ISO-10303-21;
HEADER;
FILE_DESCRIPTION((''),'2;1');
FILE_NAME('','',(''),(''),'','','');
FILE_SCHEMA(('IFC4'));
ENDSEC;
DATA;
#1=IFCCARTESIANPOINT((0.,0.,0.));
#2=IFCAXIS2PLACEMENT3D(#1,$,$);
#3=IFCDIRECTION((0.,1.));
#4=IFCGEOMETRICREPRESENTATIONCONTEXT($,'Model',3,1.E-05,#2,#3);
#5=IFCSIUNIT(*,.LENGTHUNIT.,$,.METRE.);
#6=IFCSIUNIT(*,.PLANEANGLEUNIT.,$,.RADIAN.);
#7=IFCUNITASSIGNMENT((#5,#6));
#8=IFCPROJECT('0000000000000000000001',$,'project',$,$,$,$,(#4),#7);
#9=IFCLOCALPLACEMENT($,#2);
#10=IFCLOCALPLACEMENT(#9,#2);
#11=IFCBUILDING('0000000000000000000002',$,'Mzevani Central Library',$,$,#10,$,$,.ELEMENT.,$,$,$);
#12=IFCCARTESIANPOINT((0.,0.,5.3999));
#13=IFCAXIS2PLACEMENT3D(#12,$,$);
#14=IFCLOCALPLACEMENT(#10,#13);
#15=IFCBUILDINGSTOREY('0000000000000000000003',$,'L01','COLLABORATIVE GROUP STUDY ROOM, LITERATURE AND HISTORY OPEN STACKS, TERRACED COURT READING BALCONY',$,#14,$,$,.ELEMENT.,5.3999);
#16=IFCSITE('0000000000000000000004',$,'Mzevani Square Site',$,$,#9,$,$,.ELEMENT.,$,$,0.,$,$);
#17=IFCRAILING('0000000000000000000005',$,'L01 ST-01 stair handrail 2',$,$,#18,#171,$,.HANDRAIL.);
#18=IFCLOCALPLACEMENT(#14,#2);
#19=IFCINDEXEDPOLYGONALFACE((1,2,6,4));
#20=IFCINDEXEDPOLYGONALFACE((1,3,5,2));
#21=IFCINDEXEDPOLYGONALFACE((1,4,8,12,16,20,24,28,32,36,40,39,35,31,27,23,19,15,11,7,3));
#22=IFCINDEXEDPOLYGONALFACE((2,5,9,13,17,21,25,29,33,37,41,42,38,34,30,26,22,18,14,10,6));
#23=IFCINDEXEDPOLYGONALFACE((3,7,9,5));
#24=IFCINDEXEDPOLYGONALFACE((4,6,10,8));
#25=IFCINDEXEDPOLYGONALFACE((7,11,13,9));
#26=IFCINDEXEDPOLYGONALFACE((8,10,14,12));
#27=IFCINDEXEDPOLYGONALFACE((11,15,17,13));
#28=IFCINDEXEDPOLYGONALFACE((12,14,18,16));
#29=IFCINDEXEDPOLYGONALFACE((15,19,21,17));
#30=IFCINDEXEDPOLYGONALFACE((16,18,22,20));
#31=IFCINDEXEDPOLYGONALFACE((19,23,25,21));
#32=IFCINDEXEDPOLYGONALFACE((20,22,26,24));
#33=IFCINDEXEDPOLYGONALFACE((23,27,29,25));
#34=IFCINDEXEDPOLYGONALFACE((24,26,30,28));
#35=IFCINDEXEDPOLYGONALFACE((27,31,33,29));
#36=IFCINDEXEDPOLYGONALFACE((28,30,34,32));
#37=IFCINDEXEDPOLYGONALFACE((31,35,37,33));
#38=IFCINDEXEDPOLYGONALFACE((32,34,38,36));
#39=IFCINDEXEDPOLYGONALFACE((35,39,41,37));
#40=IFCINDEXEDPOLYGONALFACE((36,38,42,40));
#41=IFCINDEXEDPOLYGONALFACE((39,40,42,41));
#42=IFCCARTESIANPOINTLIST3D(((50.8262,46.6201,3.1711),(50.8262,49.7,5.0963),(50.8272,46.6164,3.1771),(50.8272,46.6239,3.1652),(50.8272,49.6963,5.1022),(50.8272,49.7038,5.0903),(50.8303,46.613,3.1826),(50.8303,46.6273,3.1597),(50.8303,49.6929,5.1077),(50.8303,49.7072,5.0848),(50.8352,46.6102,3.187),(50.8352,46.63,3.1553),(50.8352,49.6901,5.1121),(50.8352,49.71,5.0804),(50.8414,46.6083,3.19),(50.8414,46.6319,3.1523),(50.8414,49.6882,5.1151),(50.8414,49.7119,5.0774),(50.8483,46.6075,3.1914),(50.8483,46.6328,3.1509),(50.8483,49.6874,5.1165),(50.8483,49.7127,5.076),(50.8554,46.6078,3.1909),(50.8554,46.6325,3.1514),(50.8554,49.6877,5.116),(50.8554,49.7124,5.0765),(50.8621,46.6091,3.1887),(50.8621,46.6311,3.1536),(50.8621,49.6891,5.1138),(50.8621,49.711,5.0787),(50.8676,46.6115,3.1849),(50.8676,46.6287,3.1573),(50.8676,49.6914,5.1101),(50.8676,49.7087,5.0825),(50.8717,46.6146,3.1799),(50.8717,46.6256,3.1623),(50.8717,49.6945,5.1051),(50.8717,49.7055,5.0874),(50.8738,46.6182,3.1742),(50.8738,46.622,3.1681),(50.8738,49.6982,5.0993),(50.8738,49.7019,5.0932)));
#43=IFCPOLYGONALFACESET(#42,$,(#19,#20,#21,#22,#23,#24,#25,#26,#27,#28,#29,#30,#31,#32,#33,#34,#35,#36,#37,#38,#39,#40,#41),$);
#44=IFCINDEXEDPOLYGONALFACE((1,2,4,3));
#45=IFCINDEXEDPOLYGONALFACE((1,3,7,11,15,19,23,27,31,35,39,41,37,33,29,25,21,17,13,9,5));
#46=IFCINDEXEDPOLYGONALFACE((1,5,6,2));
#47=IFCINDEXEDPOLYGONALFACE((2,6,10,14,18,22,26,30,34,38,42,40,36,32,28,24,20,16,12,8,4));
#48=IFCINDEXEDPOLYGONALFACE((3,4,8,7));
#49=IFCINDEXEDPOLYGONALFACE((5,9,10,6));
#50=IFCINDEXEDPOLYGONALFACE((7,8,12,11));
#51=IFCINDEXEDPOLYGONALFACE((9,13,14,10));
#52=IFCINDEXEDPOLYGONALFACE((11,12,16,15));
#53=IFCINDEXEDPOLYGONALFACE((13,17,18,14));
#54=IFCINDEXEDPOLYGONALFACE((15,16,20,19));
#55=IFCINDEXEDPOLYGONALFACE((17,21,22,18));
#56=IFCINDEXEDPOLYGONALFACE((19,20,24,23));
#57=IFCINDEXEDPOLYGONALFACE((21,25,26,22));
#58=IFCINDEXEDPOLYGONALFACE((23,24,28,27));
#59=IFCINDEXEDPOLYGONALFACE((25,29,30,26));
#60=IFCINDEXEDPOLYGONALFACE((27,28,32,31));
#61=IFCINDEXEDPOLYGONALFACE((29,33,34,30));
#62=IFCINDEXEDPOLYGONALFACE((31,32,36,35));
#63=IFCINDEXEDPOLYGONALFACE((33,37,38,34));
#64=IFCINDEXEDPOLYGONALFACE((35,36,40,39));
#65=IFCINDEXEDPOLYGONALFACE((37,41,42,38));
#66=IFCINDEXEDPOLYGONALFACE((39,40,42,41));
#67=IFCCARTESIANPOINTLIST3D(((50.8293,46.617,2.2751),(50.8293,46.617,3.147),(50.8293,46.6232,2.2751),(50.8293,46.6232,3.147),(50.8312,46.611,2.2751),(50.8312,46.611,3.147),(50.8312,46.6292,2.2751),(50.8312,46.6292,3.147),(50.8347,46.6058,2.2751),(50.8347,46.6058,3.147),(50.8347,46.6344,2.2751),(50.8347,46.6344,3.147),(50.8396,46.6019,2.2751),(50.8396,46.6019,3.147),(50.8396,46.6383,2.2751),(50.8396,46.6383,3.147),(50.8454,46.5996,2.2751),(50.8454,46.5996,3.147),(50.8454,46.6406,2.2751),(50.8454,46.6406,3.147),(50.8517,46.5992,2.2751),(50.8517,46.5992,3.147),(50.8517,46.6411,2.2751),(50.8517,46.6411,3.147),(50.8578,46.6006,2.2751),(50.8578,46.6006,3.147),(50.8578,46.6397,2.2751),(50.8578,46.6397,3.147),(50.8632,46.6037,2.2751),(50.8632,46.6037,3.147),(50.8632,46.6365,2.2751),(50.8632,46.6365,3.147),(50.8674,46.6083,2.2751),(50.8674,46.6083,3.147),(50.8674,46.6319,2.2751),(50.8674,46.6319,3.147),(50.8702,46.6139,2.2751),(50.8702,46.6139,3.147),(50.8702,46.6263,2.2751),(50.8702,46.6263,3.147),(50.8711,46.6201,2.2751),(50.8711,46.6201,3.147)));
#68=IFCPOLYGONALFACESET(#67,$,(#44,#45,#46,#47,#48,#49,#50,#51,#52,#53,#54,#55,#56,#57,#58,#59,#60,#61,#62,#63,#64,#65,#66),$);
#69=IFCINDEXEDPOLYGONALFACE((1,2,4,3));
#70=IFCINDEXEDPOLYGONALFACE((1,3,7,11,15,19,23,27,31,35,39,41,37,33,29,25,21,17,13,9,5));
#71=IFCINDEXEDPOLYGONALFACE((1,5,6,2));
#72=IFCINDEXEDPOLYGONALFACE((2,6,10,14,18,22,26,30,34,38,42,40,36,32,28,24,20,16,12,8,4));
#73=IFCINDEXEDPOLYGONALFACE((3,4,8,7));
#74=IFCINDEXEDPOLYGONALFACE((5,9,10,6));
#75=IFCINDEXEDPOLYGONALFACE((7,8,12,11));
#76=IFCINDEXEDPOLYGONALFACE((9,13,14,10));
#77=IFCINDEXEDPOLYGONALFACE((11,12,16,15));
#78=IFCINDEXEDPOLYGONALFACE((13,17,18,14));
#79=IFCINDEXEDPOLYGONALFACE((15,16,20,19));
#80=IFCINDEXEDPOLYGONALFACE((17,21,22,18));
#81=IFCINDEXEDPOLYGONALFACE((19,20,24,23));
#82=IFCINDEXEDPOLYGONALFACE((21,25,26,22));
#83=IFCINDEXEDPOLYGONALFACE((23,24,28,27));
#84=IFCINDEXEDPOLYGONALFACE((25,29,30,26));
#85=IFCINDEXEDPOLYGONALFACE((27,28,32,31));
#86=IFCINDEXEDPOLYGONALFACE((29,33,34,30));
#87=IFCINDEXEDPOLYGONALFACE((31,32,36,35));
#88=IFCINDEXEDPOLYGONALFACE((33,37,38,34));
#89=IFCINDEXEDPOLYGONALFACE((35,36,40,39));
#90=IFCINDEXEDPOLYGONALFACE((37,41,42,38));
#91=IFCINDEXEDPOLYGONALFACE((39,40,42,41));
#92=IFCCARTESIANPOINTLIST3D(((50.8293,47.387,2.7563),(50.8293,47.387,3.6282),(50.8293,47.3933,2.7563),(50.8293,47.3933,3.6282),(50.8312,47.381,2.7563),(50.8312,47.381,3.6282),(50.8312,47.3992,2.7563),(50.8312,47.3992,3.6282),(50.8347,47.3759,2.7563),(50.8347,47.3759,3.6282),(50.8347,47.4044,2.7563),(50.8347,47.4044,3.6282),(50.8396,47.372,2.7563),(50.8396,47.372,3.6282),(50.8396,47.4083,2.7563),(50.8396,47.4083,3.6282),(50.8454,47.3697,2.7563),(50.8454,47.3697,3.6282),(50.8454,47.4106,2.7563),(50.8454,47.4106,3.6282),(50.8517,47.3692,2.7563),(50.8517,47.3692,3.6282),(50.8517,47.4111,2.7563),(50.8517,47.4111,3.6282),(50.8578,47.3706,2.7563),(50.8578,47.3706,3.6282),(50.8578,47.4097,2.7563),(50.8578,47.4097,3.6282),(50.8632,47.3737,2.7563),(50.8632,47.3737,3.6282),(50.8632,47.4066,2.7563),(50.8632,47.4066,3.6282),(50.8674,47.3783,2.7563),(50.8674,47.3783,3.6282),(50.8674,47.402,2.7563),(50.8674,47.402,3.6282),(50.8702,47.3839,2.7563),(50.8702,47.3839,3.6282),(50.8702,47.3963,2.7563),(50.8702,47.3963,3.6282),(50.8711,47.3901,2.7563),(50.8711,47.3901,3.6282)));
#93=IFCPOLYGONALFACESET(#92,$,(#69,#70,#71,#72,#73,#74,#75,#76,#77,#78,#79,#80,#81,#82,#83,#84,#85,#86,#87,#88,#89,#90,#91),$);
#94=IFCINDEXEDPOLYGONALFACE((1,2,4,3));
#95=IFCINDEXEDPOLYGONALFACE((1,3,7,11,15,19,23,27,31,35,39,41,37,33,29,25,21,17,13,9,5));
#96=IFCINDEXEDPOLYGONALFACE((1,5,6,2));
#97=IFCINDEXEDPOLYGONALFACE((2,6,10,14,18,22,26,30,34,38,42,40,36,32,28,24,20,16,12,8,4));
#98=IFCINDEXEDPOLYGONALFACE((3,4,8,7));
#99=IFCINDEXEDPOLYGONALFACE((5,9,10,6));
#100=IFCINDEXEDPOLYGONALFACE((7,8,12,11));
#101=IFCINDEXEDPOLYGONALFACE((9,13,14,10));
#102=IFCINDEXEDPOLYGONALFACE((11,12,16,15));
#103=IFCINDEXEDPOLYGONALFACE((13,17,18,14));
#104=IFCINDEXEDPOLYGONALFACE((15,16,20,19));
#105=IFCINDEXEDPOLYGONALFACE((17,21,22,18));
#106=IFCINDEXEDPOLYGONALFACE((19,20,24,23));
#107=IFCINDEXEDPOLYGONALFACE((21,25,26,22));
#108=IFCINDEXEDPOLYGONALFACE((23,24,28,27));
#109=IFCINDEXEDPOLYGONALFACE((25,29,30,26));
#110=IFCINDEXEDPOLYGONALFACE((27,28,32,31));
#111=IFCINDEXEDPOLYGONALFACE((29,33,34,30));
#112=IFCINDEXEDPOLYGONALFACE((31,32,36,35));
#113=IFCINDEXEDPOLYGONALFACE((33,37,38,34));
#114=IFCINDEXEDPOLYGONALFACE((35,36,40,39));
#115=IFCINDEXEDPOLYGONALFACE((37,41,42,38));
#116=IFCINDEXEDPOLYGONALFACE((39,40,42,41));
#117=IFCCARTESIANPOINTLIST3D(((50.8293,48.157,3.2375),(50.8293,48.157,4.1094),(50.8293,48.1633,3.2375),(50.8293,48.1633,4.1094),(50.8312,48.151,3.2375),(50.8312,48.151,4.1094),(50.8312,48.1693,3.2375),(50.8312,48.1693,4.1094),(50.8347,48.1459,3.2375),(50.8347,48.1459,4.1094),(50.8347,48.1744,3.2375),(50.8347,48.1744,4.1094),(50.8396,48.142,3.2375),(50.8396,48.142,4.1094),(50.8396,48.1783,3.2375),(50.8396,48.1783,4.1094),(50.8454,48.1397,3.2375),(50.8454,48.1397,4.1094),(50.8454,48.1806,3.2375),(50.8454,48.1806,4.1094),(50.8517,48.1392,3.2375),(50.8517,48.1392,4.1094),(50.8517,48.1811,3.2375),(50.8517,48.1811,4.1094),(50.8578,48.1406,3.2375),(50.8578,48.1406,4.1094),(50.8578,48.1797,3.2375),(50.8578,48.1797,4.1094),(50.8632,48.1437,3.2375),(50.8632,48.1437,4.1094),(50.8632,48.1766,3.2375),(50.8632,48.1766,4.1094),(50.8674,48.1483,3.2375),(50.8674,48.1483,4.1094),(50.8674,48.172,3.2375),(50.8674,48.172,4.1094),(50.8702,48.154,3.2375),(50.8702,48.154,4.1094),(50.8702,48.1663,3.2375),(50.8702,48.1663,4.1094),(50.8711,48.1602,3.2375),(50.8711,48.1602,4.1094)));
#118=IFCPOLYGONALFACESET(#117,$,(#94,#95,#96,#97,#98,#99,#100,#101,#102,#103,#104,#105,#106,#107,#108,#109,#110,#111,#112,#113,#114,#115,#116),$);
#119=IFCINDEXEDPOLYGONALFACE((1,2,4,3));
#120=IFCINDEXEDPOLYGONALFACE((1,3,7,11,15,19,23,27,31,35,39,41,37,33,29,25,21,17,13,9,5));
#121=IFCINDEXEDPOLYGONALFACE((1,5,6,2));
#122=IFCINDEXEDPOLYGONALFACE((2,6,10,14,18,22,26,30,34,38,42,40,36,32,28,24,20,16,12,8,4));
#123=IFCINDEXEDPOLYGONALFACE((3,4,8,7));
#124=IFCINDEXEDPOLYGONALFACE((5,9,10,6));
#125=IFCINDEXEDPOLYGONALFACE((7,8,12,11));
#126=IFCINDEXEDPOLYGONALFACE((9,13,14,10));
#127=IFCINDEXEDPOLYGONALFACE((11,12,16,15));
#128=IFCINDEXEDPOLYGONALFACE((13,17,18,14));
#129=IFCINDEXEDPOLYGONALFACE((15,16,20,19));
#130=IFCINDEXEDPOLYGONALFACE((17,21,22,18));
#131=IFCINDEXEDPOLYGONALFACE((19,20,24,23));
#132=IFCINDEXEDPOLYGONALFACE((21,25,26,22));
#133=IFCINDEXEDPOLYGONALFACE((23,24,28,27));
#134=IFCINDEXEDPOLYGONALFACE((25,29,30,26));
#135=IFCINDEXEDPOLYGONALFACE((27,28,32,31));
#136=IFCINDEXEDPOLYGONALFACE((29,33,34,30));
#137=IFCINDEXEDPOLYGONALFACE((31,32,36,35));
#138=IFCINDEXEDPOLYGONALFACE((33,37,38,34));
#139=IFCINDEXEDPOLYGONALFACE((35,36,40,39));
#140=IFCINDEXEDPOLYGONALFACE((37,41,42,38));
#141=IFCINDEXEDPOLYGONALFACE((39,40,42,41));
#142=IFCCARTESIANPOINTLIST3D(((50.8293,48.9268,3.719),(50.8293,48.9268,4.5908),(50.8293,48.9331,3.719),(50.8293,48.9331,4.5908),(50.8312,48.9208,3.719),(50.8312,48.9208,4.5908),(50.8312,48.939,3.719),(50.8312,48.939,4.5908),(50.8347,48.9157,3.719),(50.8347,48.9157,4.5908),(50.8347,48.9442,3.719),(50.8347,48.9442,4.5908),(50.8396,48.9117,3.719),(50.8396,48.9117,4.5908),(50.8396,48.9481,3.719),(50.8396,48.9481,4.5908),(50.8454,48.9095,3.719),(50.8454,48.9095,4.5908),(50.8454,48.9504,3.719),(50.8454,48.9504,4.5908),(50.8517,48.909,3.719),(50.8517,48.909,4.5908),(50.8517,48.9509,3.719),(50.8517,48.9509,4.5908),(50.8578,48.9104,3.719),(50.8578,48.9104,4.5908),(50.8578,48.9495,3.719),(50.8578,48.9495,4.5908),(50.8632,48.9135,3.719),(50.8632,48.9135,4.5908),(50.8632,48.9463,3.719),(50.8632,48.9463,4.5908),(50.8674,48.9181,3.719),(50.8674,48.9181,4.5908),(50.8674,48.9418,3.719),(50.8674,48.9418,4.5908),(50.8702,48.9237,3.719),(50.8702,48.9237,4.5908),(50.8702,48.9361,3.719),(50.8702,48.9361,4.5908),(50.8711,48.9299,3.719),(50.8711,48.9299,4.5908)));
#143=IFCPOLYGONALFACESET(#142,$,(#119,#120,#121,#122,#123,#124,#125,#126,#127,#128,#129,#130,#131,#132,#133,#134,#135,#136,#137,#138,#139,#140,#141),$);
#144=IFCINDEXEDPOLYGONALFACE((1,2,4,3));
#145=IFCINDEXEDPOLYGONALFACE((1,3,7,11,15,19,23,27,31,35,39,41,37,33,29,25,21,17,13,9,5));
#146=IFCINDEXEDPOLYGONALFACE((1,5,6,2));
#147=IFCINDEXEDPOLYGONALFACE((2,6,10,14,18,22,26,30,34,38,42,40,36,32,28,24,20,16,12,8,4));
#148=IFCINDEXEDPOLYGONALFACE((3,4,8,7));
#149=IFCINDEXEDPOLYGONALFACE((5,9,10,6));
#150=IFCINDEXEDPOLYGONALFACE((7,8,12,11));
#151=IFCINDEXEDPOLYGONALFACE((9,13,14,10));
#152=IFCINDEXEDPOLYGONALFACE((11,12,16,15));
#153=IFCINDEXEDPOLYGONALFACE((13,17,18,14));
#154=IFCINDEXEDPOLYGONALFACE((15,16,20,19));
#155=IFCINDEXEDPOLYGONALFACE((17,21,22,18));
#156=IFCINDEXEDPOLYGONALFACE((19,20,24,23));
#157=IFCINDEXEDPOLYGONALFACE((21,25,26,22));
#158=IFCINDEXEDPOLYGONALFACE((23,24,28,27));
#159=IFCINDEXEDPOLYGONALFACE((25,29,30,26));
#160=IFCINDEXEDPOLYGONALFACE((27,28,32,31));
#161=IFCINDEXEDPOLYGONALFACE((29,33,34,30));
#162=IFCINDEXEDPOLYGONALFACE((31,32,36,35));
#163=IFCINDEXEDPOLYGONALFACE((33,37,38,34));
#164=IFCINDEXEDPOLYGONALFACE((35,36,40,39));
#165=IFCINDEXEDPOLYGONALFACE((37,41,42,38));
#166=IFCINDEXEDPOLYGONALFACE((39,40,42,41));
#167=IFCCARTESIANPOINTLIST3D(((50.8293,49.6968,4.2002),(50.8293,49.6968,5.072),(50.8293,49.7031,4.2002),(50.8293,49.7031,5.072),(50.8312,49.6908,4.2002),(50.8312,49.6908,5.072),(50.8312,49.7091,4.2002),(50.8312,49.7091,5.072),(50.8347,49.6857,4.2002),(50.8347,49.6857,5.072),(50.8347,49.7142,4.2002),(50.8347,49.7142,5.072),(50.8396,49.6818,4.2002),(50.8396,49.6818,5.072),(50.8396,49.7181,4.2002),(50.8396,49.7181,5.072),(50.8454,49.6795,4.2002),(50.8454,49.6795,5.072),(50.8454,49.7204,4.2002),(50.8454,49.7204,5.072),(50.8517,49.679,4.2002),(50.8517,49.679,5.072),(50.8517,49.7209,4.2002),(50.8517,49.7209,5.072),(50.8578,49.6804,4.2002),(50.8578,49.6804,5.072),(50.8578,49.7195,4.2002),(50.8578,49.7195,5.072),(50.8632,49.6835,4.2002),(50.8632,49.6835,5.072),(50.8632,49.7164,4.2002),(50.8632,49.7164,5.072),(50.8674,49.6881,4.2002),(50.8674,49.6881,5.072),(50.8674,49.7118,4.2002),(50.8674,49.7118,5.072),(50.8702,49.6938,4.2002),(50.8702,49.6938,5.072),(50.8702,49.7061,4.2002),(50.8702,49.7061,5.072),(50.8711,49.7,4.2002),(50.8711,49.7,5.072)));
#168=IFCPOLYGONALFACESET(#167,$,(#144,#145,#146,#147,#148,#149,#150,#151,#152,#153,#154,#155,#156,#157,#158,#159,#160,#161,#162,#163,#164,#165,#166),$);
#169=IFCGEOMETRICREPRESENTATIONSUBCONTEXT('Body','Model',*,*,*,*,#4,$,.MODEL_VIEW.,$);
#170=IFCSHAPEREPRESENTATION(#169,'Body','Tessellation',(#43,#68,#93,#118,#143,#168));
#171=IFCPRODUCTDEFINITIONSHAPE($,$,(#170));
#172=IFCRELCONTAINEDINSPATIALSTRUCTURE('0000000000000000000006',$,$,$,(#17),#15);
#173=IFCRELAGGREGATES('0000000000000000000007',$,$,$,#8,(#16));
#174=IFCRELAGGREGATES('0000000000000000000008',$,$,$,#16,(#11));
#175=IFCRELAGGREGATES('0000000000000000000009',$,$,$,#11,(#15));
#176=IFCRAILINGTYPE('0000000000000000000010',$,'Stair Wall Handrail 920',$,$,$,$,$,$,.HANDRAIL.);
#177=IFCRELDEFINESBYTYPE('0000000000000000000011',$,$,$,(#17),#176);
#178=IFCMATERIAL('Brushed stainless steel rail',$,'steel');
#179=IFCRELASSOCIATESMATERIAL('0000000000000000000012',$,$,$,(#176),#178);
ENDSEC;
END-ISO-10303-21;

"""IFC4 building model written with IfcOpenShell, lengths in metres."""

from ifc_helpers import new_model, si_unit, direction, frame, origin, origin_2d, place, context, subcontext, project, spatial, circle, extrude, material, type_object, element, save


model = new_model("IFC4")

# Units and contexts
model_context = context("Model", 3, precision=1e-05, world=origin(), true_north=direction((0.0, 1.0)))
body_context = subcontext(model_context, "Body", "Model", "MODEL_VIEW")
ifc_project = project(units=[si_unit("LENGTHUNIT", "METRE"), si_unit("PLANEANGLEUNIT", "RADIAN")], contexts=[model_context])

# Site, building, storey
site_placement = place(None, origin())
site = spatial("IfcSite", under=ifc_project, at=site_placement, Name="Mzevani Square Site", CompositionType="ELEMENT", RefElevation=0.0)
building_placement = place(site_placement, origin())
building = spatial("IfcBuilding", under=site, at=building_placement, Name="Mzevani Central Library", CompositionType="ELEMENT")
storey_placement = place(building_placement, frame((0.0, 0.0, 5.3999)))
storey = spatial("IfcBuildingStorey", under=building, at=storey_placement, Name="L01", Description="COLLABORATIVE GROUP STUDY ROOM, LITERATURE AND HISTORY OPEN STACKS, TERRACED COURT READING BALCONY", CompositionType="ELEMENT", Elevation=5.3999)

# Railing
ifc_material_1 = material(Name="Brushed stainless steel rail", Category="steel")
railing_type = type_object("IfcRailingType", Name="Stair Wall Handrail 920", PredefinedType="HANDRAIL", material=ifc_material_1)
railing_placement = place(storey_placement, frame((50.8501, 46.6201, 2.2751)))
element("IfcRailing", 1, at=railing_placement, inside=storey, type_object=railing_type, Name="L01 ST-01 stair handrail 2", PredefinedType="HANDRAIL", context=body_context, shape_type="SweptSolid", body=[
    extrude(circle(Radius=0.0239, at=origin_2d()), frame((0.0, 0.0, 0.896), z_axis=(0.0, 0.847979, 0.530029), x_axis=(-1.0, 0.0, 0.0)), (0.0, 0.0, 1.0), 3.6321),
    extrude(circle(Radius=0.021, at=origin_2d()), origin(), (0.0, 0.0, 1.0), 0.8718),
    extrude(circle(Radius=0.021, at=origin_2d()), frame((0.0, 0.77, 0.4812)), (0.0, 0.0, 1.0), 0.8718),
    extrude(circle(Radius=0.021, at=origin_2d()), frame((0.0, 1.54, 0.9624)), (0.0, 0.0, 1.0), 0.8718),
    extrude(circle(Radius=0.021, at=origin_2d()), frame((0.0, 2.3098, 1.4438)), (0.0, 0.0, 1.0), 0.8718),
    extrude(circle(Radius=0.021, at=origin_2d()), frame((0.0, 3.0798, 1.925)), (0.0, 0.0, 1.0), 0.8718),
])

save(model, "model.ifc")
